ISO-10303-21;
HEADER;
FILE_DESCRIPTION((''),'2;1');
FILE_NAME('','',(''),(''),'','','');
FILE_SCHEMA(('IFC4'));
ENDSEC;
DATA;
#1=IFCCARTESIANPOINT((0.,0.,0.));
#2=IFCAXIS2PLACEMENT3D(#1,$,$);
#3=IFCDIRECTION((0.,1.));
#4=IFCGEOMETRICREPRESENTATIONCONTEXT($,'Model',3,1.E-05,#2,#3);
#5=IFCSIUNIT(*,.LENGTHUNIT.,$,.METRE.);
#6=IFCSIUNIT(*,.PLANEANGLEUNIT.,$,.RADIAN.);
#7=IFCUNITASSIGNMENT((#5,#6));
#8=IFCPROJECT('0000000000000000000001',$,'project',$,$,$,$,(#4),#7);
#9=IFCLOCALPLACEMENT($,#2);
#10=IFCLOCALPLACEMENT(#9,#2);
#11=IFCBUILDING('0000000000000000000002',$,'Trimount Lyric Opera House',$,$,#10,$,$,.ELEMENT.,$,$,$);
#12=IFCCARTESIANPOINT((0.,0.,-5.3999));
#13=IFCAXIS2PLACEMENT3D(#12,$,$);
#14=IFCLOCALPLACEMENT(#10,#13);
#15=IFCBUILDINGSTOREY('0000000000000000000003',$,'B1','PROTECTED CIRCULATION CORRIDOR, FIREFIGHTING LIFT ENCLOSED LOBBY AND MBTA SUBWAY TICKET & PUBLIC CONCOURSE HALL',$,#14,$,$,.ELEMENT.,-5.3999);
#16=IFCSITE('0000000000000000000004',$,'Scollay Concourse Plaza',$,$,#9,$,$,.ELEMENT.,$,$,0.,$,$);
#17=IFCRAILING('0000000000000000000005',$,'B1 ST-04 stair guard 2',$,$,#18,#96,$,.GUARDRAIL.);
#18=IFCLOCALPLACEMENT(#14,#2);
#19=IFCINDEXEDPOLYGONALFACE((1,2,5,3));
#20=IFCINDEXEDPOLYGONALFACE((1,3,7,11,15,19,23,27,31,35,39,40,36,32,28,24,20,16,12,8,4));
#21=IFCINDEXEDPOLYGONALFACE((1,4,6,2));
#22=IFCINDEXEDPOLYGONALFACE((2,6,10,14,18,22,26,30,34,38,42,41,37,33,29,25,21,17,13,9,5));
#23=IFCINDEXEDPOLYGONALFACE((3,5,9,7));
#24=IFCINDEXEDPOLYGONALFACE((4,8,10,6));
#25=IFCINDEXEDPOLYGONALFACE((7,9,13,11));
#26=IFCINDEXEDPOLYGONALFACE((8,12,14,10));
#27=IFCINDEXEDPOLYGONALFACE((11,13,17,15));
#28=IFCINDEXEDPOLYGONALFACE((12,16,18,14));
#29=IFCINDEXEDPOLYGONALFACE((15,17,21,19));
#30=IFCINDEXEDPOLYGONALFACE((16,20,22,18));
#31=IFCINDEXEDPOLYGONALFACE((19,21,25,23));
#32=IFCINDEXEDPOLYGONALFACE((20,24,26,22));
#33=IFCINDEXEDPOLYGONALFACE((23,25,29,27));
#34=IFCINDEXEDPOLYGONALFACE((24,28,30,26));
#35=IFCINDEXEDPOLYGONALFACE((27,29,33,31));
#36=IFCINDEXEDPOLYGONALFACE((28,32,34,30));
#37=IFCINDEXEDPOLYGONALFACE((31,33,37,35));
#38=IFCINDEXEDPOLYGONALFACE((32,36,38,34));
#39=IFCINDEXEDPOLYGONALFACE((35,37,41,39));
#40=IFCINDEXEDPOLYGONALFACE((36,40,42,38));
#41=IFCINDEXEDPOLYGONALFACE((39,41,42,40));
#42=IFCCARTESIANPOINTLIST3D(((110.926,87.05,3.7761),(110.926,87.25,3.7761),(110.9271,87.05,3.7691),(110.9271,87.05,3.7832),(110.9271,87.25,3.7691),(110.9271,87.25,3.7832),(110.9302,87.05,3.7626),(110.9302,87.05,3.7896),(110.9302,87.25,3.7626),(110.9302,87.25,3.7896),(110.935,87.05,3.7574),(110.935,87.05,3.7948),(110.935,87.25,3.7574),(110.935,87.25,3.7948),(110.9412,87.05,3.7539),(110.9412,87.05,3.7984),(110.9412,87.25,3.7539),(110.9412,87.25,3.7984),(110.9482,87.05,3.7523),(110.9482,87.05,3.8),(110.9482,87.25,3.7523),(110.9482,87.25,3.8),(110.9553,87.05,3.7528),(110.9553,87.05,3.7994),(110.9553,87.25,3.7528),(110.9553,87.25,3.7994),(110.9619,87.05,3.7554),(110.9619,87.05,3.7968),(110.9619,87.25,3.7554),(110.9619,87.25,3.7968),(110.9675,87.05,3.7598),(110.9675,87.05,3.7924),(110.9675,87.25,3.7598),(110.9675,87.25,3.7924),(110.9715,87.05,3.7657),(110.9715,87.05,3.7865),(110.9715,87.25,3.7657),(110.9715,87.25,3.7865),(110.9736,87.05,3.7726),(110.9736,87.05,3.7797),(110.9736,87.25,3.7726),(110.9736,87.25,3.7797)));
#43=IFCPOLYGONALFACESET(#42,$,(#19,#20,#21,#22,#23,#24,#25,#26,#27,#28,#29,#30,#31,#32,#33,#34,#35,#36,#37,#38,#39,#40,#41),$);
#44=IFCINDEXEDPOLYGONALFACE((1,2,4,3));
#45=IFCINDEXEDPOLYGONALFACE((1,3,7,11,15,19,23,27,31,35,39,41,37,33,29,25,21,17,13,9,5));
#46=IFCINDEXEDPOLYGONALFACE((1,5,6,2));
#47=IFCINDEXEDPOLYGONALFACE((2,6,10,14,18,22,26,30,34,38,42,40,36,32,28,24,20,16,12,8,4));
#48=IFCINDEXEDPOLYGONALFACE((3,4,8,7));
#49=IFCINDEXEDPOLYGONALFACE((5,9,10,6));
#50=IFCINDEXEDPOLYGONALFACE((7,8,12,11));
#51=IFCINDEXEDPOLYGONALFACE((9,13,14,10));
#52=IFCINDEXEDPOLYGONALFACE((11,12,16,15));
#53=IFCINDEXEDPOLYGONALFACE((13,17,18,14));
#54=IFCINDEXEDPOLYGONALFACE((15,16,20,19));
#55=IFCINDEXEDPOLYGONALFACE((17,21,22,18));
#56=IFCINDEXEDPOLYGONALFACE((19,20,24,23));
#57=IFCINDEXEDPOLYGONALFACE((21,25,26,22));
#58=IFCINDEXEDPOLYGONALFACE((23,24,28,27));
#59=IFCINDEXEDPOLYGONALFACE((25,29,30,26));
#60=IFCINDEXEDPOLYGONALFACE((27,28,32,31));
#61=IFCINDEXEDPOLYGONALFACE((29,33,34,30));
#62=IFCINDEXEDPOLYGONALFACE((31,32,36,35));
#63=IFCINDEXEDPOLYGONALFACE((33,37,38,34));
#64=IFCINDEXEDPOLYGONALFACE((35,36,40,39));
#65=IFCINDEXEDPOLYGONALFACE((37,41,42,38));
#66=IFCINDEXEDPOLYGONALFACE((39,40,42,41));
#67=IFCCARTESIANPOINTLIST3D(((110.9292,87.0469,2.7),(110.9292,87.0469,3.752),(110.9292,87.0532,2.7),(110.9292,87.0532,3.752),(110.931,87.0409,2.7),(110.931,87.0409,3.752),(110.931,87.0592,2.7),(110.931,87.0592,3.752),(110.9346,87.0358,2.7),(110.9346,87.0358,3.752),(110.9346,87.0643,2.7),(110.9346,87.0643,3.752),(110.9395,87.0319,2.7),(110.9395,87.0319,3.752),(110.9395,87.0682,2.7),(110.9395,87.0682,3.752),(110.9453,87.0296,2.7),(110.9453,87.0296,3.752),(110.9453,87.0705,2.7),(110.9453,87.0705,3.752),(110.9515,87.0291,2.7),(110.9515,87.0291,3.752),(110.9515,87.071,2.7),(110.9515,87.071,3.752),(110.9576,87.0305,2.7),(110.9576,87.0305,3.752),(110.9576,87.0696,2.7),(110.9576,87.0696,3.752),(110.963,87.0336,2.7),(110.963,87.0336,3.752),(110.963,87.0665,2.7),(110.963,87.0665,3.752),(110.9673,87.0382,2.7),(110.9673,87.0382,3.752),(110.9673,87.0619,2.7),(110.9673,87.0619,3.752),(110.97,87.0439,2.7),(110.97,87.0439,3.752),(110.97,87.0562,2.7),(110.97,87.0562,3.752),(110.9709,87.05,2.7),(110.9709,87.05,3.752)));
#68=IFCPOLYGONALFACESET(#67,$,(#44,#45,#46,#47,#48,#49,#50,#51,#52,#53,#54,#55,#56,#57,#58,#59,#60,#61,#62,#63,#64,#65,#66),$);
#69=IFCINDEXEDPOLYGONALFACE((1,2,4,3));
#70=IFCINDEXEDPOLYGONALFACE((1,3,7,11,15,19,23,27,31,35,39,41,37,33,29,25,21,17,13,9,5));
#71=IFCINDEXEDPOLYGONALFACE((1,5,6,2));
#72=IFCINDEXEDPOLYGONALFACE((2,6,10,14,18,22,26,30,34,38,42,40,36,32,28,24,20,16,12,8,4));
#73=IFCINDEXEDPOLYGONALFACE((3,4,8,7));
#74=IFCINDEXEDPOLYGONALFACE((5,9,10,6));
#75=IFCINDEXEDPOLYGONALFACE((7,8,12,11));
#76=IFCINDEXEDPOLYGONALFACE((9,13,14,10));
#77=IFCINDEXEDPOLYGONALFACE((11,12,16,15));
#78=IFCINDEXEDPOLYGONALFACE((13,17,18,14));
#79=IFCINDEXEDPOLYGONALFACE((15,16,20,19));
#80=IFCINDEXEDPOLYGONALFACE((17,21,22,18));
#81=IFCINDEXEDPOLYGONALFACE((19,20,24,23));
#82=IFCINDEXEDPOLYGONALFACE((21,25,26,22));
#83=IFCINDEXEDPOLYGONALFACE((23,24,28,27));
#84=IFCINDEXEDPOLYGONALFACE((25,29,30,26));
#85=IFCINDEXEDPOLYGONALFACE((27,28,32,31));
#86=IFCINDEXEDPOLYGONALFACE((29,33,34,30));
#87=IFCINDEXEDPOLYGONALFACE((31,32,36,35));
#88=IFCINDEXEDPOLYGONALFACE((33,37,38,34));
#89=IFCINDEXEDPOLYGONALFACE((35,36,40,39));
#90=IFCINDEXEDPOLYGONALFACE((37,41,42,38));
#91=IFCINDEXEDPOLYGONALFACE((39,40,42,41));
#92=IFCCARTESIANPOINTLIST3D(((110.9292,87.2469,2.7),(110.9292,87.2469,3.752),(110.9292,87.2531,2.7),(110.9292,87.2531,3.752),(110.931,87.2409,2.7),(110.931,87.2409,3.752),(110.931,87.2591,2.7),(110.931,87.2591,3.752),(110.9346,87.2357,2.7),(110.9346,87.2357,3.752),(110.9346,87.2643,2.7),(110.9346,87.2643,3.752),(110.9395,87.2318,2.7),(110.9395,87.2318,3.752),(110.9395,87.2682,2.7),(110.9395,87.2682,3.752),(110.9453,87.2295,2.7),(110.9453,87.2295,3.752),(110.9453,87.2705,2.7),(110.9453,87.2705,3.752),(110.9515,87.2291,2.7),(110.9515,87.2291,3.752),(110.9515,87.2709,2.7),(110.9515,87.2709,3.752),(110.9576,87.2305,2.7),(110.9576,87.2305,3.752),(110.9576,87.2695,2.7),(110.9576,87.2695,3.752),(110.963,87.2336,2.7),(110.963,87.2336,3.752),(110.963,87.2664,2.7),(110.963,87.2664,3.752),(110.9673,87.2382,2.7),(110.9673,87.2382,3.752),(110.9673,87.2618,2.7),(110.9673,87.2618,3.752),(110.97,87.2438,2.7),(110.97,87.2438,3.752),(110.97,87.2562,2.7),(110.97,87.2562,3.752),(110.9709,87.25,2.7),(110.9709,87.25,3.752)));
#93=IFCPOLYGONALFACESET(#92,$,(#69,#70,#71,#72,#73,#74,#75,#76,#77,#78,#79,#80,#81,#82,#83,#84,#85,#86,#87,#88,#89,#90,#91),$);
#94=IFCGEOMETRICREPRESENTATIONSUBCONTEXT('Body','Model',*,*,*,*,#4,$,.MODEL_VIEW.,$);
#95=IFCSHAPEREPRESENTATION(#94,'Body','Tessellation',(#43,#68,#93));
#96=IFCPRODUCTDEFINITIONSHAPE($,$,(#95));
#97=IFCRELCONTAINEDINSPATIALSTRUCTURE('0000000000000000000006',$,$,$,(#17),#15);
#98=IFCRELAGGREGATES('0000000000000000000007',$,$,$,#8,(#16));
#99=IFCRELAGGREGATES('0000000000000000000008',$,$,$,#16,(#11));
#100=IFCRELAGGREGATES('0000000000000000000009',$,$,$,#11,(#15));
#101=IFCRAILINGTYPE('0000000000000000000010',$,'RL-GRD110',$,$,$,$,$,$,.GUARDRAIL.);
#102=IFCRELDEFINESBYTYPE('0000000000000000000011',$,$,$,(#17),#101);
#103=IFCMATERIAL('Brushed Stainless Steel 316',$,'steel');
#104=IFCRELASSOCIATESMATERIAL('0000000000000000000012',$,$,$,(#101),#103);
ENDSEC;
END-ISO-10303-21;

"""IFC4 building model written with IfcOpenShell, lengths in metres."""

from ifc_helpers import new_model, si_unit, direction, frame, origin, origin_2d, place, context, subcontext, project, spatial, circle, extrude, material, type_object, element, save


model = new_model("IFC4")

# Units and contexts
model_context = context("Model", 3, precision=1e-05, world=origin(), true_north=direction((0.0, 1.0)))
body_context = subcontext(model_context, "Body", "Model", "MODEL_VIEW")
ifc_project = project(units=[si_unit("LENGTHUNIT", "METRE"), si_unit("PLANEANGLEUNIT", "RADIAN")], contexts=[model_context])

# Site, building, storey
site_placement = place(None, origin())
site = spatial("IfcSite", under=ifc_project, at=site_placement, Name="Scollay Concourse Plaza", CompositionType="ELEMENT", RefElevation=0.0)
building_placement = place(site_placement, origin())
building = spatial("IfcBuilding", under=site, at=building_placement, Name="Trimount Lyric Opera House", CompositionType="ELEMENT")
storey_placement = place(building_placement, frame((0.0, 0.0, -5.3999)))
storey = spatial("IfcBuildingStorey", under=building, at=storey_placement, Name="B1", Description="PROTECTED CIRCULATION CORRIDOR, FIREFIGHTING LIFT ENCLOSED LOBBY AND MBTA SUBWAY TICKET & PUBLIC CONCOURSE HALL", CompositionType="ELEMENT", Elevation=-5.3999)

# Railing
ifc_material_1 = material(Name="Brushed Stainless Steel 316", Category="steel")
railing_type_1 = type_object("IfcRailingType", Name="RL-GRD110", PredefinedType="GUARDRAIL", material=ifc_material_1)
railing_1_placement = place(storey_placement, frame((110.95, 87.05, 2.7)))
element("IfcRailing", 1, at=railing_1_placement, inside=storey, type_object=railing_type_1, Name="B1 ST-04 stair guard 2", PredefinedType="GUARDRAIL", context=body_context, shape_type="SweptSolid", body=[
    extrude(circle(Radius=0.0239, at=origin_2d()), frame((0.0, 0.0, 1.0762), z_axis=(0.0, 1.0, 0.0), x_axis=(-1.0, 0.0, 0.0)), (0.0, 0.0, 1.0), 0.2),
    extrude(circle(Radius=0.021, at=origin_2d()), origin(), (0.0, 0.0, 1.0), 1.052),
    extrude(circle(Radius=0.021, at=origin_2d()), frame((0.0, 0.2, 0.0)), (0.0, 0.0, 1.0), 1.052),
])

save(model, "model.ifc")
